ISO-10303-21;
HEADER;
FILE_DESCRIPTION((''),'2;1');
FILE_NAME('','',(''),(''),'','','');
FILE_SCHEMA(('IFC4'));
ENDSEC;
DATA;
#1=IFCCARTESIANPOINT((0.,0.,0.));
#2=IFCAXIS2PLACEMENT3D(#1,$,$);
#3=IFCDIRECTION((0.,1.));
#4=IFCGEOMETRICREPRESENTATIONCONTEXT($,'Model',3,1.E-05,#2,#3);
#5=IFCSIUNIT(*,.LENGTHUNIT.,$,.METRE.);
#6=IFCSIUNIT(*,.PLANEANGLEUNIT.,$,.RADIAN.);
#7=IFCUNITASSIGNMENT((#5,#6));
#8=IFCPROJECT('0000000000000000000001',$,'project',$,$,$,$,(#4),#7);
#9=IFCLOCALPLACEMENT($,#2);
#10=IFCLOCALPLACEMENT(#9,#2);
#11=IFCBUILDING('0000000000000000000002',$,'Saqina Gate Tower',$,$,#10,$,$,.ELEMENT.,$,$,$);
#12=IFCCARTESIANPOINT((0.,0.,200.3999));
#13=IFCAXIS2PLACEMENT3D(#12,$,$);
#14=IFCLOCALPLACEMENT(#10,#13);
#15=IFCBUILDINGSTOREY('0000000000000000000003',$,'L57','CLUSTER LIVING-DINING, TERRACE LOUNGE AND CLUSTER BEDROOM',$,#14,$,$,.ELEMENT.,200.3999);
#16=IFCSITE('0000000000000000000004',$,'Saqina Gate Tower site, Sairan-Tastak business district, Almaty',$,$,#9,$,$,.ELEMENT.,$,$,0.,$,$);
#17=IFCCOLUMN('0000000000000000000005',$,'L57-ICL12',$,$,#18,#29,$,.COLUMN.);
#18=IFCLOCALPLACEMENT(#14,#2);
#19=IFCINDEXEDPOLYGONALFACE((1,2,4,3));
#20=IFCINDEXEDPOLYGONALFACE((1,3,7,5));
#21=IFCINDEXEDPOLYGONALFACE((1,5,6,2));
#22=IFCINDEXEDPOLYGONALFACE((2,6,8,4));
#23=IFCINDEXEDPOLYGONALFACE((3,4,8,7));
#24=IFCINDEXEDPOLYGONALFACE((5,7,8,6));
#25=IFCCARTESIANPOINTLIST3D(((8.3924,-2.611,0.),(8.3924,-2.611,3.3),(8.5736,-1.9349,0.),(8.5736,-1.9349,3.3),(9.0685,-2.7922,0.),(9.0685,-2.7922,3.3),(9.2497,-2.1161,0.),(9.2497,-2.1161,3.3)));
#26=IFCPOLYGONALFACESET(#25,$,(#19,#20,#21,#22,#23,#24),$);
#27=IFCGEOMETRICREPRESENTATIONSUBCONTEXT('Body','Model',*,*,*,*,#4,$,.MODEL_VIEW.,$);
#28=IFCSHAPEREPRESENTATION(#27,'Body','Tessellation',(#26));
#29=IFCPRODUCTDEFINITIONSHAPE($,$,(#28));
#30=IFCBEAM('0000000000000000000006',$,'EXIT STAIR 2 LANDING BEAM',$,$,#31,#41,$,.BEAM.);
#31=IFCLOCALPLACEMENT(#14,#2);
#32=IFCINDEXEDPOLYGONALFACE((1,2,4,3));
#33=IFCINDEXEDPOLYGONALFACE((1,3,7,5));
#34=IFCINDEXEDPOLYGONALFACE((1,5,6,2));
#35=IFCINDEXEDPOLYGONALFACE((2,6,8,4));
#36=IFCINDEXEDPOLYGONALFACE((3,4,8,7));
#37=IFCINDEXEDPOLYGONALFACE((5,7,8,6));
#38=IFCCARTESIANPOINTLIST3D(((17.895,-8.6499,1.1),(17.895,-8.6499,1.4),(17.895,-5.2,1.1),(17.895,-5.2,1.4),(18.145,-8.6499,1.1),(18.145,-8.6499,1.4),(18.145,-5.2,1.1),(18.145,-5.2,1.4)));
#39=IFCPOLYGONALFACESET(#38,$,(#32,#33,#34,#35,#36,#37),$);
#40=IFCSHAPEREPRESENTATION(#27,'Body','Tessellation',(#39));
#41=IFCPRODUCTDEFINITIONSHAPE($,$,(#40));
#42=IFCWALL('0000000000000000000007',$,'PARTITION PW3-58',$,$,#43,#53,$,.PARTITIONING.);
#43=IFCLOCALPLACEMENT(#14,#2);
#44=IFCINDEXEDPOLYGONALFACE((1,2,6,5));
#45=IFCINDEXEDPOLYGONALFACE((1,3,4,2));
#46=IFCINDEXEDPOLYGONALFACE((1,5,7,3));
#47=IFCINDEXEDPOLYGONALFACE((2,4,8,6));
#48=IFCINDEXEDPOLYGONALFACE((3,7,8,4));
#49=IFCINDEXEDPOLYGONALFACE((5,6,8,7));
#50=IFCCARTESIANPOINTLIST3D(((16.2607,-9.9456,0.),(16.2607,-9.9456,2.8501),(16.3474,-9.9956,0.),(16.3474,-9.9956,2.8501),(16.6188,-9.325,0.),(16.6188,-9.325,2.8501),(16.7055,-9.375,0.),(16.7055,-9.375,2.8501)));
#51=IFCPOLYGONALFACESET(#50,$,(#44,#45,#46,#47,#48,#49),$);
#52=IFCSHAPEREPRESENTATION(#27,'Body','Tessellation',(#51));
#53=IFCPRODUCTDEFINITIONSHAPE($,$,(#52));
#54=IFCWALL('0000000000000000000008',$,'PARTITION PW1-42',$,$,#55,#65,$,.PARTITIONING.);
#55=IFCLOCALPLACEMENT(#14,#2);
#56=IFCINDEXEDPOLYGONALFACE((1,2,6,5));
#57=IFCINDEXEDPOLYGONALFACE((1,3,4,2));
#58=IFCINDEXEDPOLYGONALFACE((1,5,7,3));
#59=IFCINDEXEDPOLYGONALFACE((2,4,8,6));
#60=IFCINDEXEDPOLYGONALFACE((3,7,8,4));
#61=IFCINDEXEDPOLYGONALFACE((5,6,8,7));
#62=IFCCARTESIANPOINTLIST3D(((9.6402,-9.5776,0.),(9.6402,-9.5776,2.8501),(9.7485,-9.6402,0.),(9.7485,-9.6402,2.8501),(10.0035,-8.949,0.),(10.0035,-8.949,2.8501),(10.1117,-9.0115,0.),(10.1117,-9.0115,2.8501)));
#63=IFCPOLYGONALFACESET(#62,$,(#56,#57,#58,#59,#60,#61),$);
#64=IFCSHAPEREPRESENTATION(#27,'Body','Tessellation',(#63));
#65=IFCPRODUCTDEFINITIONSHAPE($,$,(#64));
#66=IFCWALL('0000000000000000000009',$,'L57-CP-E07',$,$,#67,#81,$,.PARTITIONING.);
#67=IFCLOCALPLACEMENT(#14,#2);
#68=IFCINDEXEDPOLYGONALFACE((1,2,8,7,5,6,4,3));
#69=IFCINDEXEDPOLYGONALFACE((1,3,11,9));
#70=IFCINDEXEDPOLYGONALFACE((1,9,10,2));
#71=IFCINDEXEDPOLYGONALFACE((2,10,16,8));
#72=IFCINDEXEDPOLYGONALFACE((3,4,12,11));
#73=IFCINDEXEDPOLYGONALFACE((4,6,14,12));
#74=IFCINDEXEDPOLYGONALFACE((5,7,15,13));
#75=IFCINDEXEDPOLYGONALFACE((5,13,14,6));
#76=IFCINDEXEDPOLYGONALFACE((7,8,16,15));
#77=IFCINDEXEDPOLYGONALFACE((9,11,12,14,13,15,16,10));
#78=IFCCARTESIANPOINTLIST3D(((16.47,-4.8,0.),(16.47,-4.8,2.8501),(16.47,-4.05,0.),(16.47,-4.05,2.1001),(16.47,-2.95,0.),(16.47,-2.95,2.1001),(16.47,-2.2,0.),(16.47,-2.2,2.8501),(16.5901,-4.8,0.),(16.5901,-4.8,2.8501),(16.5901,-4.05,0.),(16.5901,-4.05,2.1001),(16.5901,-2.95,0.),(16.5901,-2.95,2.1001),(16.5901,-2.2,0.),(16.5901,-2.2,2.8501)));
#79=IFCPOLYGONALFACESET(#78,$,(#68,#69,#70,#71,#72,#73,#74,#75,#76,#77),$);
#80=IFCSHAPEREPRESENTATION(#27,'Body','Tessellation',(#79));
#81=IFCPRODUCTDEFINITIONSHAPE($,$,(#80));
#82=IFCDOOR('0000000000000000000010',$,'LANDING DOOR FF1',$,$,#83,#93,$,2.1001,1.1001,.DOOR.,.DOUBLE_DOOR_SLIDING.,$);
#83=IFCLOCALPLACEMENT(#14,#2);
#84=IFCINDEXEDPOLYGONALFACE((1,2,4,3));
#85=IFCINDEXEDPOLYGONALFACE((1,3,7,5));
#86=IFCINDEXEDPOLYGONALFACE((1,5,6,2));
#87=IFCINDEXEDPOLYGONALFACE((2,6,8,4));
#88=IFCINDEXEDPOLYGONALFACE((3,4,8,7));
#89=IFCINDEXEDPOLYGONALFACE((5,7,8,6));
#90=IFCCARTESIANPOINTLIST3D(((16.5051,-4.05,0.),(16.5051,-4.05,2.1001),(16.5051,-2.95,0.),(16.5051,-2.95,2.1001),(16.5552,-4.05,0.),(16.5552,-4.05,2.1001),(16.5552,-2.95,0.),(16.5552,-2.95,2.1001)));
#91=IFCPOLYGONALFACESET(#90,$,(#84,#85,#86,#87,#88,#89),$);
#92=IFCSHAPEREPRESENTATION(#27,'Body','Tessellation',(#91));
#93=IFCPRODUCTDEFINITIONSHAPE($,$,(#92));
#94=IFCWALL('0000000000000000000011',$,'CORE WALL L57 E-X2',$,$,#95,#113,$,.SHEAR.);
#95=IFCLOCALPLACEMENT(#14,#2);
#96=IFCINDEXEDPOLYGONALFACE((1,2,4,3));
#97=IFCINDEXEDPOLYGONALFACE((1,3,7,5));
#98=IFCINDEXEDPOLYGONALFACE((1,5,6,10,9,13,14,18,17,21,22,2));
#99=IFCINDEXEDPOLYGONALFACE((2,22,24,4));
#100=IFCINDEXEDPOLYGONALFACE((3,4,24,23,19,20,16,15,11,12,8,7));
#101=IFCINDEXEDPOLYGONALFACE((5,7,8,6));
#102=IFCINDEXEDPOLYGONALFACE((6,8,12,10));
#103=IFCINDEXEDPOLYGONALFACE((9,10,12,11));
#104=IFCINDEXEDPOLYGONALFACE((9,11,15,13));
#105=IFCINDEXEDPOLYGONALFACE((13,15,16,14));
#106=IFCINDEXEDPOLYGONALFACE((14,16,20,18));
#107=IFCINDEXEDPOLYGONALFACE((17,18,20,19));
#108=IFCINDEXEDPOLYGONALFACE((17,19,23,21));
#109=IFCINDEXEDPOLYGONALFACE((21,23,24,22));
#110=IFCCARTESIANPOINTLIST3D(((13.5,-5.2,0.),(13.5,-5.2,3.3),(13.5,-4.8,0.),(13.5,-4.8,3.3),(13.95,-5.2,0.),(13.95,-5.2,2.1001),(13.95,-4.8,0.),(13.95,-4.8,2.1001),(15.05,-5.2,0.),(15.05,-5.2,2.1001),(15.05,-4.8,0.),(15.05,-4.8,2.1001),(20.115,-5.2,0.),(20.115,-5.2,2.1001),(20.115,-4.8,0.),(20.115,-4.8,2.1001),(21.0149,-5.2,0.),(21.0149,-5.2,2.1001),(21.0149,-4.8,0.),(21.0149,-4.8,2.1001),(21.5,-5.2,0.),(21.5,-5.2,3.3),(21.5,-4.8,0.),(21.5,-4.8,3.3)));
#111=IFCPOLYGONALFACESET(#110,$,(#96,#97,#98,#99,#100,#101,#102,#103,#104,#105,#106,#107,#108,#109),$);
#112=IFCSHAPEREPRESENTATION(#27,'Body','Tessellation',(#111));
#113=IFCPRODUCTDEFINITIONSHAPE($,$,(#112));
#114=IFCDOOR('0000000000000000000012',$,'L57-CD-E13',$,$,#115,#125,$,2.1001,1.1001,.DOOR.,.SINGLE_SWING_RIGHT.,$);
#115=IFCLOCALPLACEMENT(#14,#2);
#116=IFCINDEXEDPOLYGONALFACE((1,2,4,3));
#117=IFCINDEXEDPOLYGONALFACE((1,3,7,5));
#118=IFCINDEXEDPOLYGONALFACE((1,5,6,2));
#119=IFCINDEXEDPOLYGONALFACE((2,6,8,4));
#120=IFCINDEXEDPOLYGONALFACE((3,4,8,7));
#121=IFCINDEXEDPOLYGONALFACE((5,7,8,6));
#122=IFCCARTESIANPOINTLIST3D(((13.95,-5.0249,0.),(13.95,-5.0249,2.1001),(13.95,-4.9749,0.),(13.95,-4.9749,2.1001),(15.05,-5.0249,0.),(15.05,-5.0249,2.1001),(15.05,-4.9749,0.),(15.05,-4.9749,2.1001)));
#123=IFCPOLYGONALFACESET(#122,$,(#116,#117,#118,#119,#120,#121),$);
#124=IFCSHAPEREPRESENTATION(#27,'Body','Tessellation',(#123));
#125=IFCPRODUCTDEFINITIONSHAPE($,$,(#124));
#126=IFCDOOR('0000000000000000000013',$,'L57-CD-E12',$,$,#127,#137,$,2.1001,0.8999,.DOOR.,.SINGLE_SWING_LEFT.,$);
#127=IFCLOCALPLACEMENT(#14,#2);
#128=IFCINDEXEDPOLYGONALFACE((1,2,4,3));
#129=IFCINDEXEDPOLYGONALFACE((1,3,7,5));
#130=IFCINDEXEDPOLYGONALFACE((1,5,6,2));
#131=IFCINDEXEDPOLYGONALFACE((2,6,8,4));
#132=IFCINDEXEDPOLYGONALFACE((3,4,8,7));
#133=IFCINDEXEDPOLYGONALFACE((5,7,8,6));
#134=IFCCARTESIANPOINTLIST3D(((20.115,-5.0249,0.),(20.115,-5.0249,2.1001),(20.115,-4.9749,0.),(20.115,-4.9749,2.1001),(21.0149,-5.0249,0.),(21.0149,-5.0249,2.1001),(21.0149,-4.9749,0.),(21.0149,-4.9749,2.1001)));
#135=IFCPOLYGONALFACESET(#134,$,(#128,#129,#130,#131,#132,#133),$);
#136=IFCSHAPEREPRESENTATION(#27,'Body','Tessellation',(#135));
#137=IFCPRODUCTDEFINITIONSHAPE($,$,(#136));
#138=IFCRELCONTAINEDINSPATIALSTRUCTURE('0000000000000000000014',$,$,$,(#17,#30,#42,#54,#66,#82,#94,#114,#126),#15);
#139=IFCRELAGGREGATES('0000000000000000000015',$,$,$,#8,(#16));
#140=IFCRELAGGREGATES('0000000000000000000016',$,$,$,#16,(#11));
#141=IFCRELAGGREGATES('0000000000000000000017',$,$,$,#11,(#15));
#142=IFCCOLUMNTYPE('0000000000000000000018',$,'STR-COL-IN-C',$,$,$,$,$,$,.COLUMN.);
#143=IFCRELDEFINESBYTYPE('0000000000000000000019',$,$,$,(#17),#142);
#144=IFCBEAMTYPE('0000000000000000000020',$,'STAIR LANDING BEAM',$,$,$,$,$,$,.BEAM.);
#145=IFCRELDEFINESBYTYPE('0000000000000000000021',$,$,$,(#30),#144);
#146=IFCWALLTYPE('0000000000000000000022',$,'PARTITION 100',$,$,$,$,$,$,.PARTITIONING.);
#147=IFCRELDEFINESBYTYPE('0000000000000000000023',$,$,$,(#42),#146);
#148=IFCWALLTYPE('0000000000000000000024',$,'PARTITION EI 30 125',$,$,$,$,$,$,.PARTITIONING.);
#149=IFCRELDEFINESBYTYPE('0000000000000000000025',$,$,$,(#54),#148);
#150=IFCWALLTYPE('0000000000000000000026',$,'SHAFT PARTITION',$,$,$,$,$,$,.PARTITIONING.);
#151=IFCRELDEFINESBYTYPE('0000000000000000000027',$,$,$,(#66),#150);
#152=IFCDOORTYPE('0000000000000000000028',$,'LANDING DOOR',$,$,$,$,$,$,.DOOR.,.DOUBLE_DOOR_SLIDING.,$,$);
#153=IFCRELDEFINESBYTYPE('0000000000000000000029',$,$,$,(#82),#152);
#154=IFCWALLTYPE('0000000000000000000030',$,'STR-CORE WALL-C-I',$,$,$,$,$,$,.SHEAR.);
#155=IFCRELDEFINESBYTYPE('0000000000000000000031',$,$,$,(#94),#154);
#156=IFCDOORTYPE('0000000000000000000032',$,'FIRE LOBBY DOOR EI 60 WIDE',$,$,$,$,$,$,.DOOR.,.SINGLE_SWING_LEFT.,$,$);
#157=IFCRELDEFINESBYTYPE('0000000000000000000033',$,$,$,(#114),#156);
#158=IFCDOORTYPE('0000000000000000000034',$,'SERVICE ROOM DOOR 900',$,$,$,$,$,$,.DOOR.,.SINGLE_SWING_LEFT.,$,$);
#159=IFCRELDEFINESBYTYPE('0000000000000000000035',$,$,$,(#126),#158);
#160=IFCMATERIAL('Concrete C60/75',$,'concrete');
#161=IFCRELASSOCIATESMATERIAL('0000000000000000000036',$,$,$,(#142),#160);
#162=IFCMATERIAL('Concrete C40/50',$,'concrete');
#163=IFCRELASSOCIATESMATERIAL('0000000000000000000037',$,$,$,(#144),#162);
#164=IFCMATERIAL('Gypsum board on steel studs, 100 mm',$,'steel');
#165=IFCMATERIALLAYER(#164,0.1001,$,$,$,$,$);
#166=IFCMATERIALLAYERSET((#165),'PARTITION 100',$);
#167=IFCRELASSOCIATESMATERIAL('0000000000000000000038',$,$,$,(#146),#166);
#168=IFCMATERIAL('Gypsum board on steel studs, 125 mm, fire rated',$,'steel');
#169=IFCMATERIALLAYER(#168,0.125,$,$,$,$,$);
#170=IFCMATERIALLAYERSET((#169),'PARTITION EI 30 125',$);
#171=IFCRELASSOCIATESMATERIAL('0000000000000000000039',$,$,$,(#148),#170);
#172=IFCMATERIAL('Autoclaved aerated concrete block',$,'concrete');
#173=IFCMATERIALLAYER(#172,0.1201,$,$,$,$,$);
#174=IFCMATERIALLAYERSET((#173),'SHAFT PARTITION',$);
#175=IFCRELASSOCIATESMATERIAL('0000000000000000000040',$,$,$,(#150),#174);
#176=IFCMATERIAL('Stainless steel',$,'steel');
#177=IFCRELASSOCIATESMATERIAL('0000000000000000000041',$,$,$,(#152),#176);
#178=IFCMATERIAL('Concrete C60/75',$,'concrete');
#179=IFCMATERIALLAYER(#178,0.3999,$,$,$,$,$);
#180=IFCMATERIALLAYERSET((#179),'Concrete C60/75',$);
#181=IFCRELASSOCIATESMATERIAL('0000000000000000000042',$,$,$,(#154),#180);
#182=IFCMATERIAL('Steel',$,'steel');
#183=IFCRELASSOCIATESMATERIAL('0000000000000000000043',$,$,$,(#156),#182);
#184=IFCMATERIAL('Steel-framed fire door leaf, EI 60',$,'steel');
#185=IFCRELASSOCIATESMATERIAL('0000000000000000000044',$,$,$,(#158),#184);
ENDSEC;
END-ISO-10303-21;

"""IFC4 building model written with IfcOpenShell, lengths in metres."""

from ifc_helpers import new_model, si_unit, direction, frame, frame_2d, origin, origin_2d, place, context, subcontext, project, spatial, rectangle, extrude, material, layer, layer_set, material_profile, profile_set, type_object, element, fill, save


model = new_model("IFC4")

# Units and contexts
model_context = context("Model", 3, precision=1e-05, world=origin(), true_north=direction((0.0, 1.0)))
body_context = subcontext(model_context, "Body", "Model", "MODEL_VIEW")
ifc_project = project(units=[si_unit("LENGTHUNIT", "METRE"), si_unit("PLANEANGLEUNIT", "RADIAN")], contexts=[model_context])

# Site, building, storey
site_placement = place(None, origin())
site = spatial("IfcSite", under=ifc_project, at=site_placement, Name="Saqina Gate Tower site, Sairan-Tastak business district, Almaty", CompositionType="ELEMENT", RefElevation=0.0)
building_placement = place(site_placement, origin())
building = spatial("IfcBuilding", under=site, at=building_placement, Name="Saqina Gate Tower", CompositionType="ELEMENT")
storey_placement = place(building_placement, frame((0.0, 0.0, 200.3999)))
storey = spatial("IfcBuildingStorey", under=building, at=storey_placement, Name="L57", Description="CLUSTER LIVING-DINING, TERRACE LOUNGE AND CLUSTER BEDROOM", CompositionType="ELEMENT", Elevation=200.3999)

# Column
ifc_material_1 = material(Name="Concrete C60/75", Category="concrete")
ifc_material_profile_1 = material_profile(ifc_material_1, rectangle(XDim=0.7, YDim=0.7, at=origin_2d()), Name="RC 700x700")
ifc_profile_set_1 = profile_set([ifc_material_profile_1], Name="Concrete C60/75")
column_type = type_object("IfcColumnType", Name="STR-COL-IN-C", PredefinedType="COLUMN", material=ifc_profile_set_1)
column_placement = place(storey_placement, frame((8.821, -2.3635, 0.0), z_axis=(0.0, 0.0, 1.0), x_axis=(0.965926, -0.258819, 0.0)))
element("IfcColumn", 1, at=column_placement, inside=storey, type_object=column_type, Name="L57-ICL12", PredefinedType="COLUMN", context=body_context, shape_type="SweptSolid", body=[
    extrude(rectangle(XDim=0.7, YDim=0.7, at=origin_2d()), origin(), (0.0, 0.0, 1.0), 3.3),
])

# Beam
ifc_material_2 = material(Name="Concrete C40/50", Category="concrete")
ifc_material_profile_2 = material_profile(ifc_material_2, rectangle(XDim=0.25, YDim=0.3, at=origin_2d()), Name="STAIR LANDING BEAM")
ifc_profile_set_2 = profile_set([ifc_material_profile_2], Name="Concrete C40/50")
beam_type = type_object("IfcBeamType", Name="STAIR LANDING BEAM", PredefinedType="BEAM", material=ifc_profile_set_2)
beam_placement = place(storey_placement, frame((18.02, -8.6499, 1.25), z_axis=(0.0, 1.0, 0.0), x_axis=(-1.0, 0.0, 0.0)))
element("IfcBeam", 2, at=beam_placement, inside=storey, type_object=beam_type, Name="EXIT STAIR 2 LANDING BEAM", PredefinedType="BEAM", context=body_context, shape_type="SweptSolid", body=[
    extrude(rectangle(XDim=0.25, YDim=0.3, at=origin_2d()), origin(), (0.0, 0.0, 1.0), 3.45),
])

# Walls
ifc_material_3 = material(Name="Gypsum board on steel studs, 100 mm", Category="steel")
ifc_layer_1 = layer(ifc_material_3, 0.1001)
ifc_layer_set_1 = layer_set([ifc_layer_1], Name="PARTITION 100")
wall_type_1 = type_object("IfcWallType", Name="PARTITION 100", PredefinedType="PARTITIONING", material=ifc_layer_set_1)
wall_1_placement = place(storey_placement, frame((16.304, -9.9707, 0.0), z_axis=(0.0, 0.0, 1.0), x_axis=(0.49984, 0.866118, 0.0)))
element("IfcWall", 3, at=wall_1_placement, inside=storey, type_object=wall_type_1, Name="PARTITION PW3-58", PredefinedType="PARTITIONING", context=body_context, shape_type="SweptSolid", body=[
    extrude(rectangle(XDim=0.7166, YDim=0.1001, at=frame_2d((0.3584, 0.0))), origin(), (0.0, 0.0, 1.0), 2.8501),
])
ifc_material_4 = material(Name="Gypsum board on steel studs, 125 mm, fire rated", Category="steel")
ifc_layer_2 = layer(ifc_material_4, 0.125)
ifc_layer_set_2 = layer_set([ifc_layer_2], Name="PARTITION EI 30 125")
wall_type_2 = type_object("IfcWallType", Name="PARTITION EI 30 125", PredefinedType="PARTITIONING", material=ifc_layer_set_2)
wall_2_placement = place(storey_placement, frame((9.6943, -9.6089, 0.0), z_axis=(0.0, 0.0, 1.0), x_axis=(0.500334, 0.865833, 0.0)))
element("IfcWall", 4, at=wall_2_placement, inside=storey, type_object=wall_type_2, Name="PARTITION PW1-42", PredefinedType="PARTITIONING", context=body_context, shape_type="SweptSolid", body=[
    extrude(rectangle(XDim=0.7261, YDim=0.125, at=frame_2d((0.363, 0.0))), origin(), (0.0, 0.0, 1.0), 2.8501),
])

# Wall, opening, door
ifc_material_5 = material(Name="Autoclaved aerated concrete block", Category="concrete")
ifc_layer_3 = layer(ifc_material_5, 0.1201)
ifc_layer_set_3 = layer_set([ifc_layer_3], Name="SHAFT PARTITION")
wall_type_3 = type_object("IfcWallType", Name="SHAFT PARTITION", PredefinedType="PARTITIONING", material=ifc_layer_set_3)
wall_3_placement = place(storey_placement, frame((16.53, -4.8, 0.0), z_axis=(0.0, 0.0, 1.0), x_axis=(0.0, 1.0, 0.0)))
wall_3 = element("IfcWall", 5, at=wall_3_placement, inside=storey, type_object=wall_type_3, Name="L57-CP-E07", PredefinedType="PARTITIONING", context=body_context, shape_type="SweptSolid", body=[
    extrude(rectangle(XDim=2.6001, YDim=0.1201, at=frame_2d((1.3, 0.0))), origin(), (0.0, 0.0, 1.0), 2.8501),
])
opening_1_placement = place(wall_3_placement, frame((0.75, 0.0, 0.0)))
opening_1 = element("IfcOpeningElement", 6, at=opening_1_placement, cuts=wall_3, PredefinedType="OPENING", context=body_context, shape_type="SweptSolid", body=[
    extrude(rectangle(XDim=1.1001, YDim=2.1001, at=frame_2d((0.55, 1.05))), frame((0.0, 0.072, 0.0), z_axis=(0.0, -1.0, 0.0), x_axis=(1.0, 0.0, 0.0)), (0.0, 0.0, 1.0), 0.144),
])
ifc_material_6 = material(Name="Stainless steel", Category="steel")
door_type_1 = type_object("IfcDoorType", Name="LANDING DOOR", OperationType="DOUBLE_DOOR_SLIDING", PredefinedType="DOOR", material=ifc_material_6)
door_1_placement = place(opening_1_placement, origin())
door_1 = element("IfcDoor", 7, at=door_1_placement, inside=storey, type_object=door_type_1, Name="LANDING DOOR FF1", OperationType="DOUBLE_DOOR_SLIDING", OverallHeight=2.1001, OverallWidth=1.1001, PredefinedType="DOOR", context=body_context, shape_type="SweptSolid", body=[
    extrude(rectangle(XDim=1.1001, YDim=2.1001, at=frame_2d((0.55, 1.05))), frame((0.0, 0.0249, 0.0), z_axis=(0.0, -1.0, 0.0), x_axis=(1.0, 0.0, 0.0)), (0.0, 0.0, 1.0), 0.05),
])
fill(opening_1, door_1)

# Wall, openings, doors
ifc_material_7 = material(Name="Concrete C60/75", Category="concrete")
ifc_layer_4 = layer(ifc_material_7, 0.3999)
ifc_layer_set_4 = layer_set([ifc_layer_4], Name="Concrete C60/75")
wall_type_4 = type_object("IfcWallType", Name="STR-CORE WALL-C-I", PredefinedType="SHEAR", material=ifc_layer_set_4)
wall_4_placement = place(storey_placement, frame((13.5, -5.0, 0.0), z_axis=(0.0, 0.0, 1.0), x_axis=(1.0, 0.0, 0.0)))
wall_4 = element("IfcWall", 8, at=wall_4_placement, inside=storey, type_object=wall_type_4, Name="CORE WALL L57 E-X2", PredefinedType="SHEAR", context=body_context, shape_type="SweptSolid", body=[
    extrude(rectangle(XDim=8.0, YDim=0.3999, at=frame_2d((4.0, 0.0))), origin(), (0.0, 0.0, 1.0), 3.3),
])
opening_2_placement = place(wall_4_placement, frame((6.615, 0.0, 0.0)))
opening_2 = element("IfcOpeningElement", 9, at=opening_2_placement, cuts=wall_4, PredefinedType="OPENING", context=body_context, shape_type="SweptSolid", body=[
    extrude(rectangle(XDim=0.8999, YDim=2.1001, at=frame_2d((0.45, 1.05))), frame((0.0, 0.2119, 0.0), z_axis=(0.0, -1.0, 0.0), x_axis=(1.0, 0.0, 0.0)), (0.0, 0.0, 1.0), 0.4238),
])
opening_3_placement = place(wall_4_placement, frame((0.45, 0.0, 0.0)))
opening_3 = element("IfcOpeningElement", 10, at=opening_3_placement, cuts=wall_4, PredefinedType="OPENING", context=body_context, shape_type="SweptSolid", body=[
    extrude(rectangle(XDim=1.1001, YDim=2.1001, at=frame_2d((0.55, 1.05))), frame((0.0, 0.2119, 0.0), z_axis=(0.0, -1.0, 0.0), x_axis=(1.0, 0.0, 0.0)), (0.0, 0.0, 1.0), 0.4238),
])
ifc_material_8 = material(Name="Steel", Category="steel")
door_type_2 = type_object("IfcDoorType", Name="FIRE LOBBY DOOR EI 60 WIDE", OperationType="SINGLE_SWING_LEFT", PredefinedType="DOOR", material=ifc_material_8)
door_2_placement = place(opening_3_placement, frame((1.1001, 0.0, 0.0), z_axis=(0.0, 0.0, 1.0), x_axis=(-1.0, 0.0, 0.0)))
door_2 = element("IfcDoor", 11, at=door_2_placement, inside=storey, type_object=door_type_2, Name="L57-CD-E13", OperationType="SINGLE_SWING_RIGHT", OverallHeight=2.1001, OverallWidth=1.1001, PredefinedType="DOOR", context=body_context, shape_type="SweptSolid", body=[
    extrude(rectangle(XDim=1.1001, YDim=2.1001, at=frame_2d((0.55, 1.05))), frame((0.0, 0.0249, 0.0), z_axis=(0.0, -1.0, 0.0), x_axis=(1.0, 0.0, 0.0)), (0.0, 0.0, 1.0), 0.05),
])
fill(opening_3, door_2)
ifc_material_9 = material(Name="Steel-framed fire door leaf, EI 60", Category="steel")
door_type_3 = type_object("IfcDoorType", Name="SERVICE ROOM DOOR 900", OperationType="SINGLE_SWING_LEFT", PredefinedType="DOOR", material=ifc_material_9)
door_3_placement = place(opening_2_placement, frame((0.8999, 0.0, 0.0), z_axis=(0.0, 0.0, 1.0), x_axis=(-1.0, 0.0, 0.0)))
door_3 = element("IfcDoor", 12, at=door_3_placement, inside=storey, type_object=door_type_3, Name="L57-CD-E12", OperationType="SINGLE_SWING_LEFT", OverallHeight=2.1001, OverallWidth=0.8999, PredefinedType="DOOR", context=body_context, shape_type="SweptSolid", body=[
    extrude(rectangle(XDim=0.8999, YDim=2.1001, at=frame_2d((0.45, 1.05))), frame((0.0, 0.0249, 0.0), z_axis=(0.0, -1.0, 0.0), x_axis=(1.0, 0.0, 0.0)), (0.0, 0.0, 1.0), 0.05),
])
fill(opening_2, door_3)

save(model, "model.ifc")
